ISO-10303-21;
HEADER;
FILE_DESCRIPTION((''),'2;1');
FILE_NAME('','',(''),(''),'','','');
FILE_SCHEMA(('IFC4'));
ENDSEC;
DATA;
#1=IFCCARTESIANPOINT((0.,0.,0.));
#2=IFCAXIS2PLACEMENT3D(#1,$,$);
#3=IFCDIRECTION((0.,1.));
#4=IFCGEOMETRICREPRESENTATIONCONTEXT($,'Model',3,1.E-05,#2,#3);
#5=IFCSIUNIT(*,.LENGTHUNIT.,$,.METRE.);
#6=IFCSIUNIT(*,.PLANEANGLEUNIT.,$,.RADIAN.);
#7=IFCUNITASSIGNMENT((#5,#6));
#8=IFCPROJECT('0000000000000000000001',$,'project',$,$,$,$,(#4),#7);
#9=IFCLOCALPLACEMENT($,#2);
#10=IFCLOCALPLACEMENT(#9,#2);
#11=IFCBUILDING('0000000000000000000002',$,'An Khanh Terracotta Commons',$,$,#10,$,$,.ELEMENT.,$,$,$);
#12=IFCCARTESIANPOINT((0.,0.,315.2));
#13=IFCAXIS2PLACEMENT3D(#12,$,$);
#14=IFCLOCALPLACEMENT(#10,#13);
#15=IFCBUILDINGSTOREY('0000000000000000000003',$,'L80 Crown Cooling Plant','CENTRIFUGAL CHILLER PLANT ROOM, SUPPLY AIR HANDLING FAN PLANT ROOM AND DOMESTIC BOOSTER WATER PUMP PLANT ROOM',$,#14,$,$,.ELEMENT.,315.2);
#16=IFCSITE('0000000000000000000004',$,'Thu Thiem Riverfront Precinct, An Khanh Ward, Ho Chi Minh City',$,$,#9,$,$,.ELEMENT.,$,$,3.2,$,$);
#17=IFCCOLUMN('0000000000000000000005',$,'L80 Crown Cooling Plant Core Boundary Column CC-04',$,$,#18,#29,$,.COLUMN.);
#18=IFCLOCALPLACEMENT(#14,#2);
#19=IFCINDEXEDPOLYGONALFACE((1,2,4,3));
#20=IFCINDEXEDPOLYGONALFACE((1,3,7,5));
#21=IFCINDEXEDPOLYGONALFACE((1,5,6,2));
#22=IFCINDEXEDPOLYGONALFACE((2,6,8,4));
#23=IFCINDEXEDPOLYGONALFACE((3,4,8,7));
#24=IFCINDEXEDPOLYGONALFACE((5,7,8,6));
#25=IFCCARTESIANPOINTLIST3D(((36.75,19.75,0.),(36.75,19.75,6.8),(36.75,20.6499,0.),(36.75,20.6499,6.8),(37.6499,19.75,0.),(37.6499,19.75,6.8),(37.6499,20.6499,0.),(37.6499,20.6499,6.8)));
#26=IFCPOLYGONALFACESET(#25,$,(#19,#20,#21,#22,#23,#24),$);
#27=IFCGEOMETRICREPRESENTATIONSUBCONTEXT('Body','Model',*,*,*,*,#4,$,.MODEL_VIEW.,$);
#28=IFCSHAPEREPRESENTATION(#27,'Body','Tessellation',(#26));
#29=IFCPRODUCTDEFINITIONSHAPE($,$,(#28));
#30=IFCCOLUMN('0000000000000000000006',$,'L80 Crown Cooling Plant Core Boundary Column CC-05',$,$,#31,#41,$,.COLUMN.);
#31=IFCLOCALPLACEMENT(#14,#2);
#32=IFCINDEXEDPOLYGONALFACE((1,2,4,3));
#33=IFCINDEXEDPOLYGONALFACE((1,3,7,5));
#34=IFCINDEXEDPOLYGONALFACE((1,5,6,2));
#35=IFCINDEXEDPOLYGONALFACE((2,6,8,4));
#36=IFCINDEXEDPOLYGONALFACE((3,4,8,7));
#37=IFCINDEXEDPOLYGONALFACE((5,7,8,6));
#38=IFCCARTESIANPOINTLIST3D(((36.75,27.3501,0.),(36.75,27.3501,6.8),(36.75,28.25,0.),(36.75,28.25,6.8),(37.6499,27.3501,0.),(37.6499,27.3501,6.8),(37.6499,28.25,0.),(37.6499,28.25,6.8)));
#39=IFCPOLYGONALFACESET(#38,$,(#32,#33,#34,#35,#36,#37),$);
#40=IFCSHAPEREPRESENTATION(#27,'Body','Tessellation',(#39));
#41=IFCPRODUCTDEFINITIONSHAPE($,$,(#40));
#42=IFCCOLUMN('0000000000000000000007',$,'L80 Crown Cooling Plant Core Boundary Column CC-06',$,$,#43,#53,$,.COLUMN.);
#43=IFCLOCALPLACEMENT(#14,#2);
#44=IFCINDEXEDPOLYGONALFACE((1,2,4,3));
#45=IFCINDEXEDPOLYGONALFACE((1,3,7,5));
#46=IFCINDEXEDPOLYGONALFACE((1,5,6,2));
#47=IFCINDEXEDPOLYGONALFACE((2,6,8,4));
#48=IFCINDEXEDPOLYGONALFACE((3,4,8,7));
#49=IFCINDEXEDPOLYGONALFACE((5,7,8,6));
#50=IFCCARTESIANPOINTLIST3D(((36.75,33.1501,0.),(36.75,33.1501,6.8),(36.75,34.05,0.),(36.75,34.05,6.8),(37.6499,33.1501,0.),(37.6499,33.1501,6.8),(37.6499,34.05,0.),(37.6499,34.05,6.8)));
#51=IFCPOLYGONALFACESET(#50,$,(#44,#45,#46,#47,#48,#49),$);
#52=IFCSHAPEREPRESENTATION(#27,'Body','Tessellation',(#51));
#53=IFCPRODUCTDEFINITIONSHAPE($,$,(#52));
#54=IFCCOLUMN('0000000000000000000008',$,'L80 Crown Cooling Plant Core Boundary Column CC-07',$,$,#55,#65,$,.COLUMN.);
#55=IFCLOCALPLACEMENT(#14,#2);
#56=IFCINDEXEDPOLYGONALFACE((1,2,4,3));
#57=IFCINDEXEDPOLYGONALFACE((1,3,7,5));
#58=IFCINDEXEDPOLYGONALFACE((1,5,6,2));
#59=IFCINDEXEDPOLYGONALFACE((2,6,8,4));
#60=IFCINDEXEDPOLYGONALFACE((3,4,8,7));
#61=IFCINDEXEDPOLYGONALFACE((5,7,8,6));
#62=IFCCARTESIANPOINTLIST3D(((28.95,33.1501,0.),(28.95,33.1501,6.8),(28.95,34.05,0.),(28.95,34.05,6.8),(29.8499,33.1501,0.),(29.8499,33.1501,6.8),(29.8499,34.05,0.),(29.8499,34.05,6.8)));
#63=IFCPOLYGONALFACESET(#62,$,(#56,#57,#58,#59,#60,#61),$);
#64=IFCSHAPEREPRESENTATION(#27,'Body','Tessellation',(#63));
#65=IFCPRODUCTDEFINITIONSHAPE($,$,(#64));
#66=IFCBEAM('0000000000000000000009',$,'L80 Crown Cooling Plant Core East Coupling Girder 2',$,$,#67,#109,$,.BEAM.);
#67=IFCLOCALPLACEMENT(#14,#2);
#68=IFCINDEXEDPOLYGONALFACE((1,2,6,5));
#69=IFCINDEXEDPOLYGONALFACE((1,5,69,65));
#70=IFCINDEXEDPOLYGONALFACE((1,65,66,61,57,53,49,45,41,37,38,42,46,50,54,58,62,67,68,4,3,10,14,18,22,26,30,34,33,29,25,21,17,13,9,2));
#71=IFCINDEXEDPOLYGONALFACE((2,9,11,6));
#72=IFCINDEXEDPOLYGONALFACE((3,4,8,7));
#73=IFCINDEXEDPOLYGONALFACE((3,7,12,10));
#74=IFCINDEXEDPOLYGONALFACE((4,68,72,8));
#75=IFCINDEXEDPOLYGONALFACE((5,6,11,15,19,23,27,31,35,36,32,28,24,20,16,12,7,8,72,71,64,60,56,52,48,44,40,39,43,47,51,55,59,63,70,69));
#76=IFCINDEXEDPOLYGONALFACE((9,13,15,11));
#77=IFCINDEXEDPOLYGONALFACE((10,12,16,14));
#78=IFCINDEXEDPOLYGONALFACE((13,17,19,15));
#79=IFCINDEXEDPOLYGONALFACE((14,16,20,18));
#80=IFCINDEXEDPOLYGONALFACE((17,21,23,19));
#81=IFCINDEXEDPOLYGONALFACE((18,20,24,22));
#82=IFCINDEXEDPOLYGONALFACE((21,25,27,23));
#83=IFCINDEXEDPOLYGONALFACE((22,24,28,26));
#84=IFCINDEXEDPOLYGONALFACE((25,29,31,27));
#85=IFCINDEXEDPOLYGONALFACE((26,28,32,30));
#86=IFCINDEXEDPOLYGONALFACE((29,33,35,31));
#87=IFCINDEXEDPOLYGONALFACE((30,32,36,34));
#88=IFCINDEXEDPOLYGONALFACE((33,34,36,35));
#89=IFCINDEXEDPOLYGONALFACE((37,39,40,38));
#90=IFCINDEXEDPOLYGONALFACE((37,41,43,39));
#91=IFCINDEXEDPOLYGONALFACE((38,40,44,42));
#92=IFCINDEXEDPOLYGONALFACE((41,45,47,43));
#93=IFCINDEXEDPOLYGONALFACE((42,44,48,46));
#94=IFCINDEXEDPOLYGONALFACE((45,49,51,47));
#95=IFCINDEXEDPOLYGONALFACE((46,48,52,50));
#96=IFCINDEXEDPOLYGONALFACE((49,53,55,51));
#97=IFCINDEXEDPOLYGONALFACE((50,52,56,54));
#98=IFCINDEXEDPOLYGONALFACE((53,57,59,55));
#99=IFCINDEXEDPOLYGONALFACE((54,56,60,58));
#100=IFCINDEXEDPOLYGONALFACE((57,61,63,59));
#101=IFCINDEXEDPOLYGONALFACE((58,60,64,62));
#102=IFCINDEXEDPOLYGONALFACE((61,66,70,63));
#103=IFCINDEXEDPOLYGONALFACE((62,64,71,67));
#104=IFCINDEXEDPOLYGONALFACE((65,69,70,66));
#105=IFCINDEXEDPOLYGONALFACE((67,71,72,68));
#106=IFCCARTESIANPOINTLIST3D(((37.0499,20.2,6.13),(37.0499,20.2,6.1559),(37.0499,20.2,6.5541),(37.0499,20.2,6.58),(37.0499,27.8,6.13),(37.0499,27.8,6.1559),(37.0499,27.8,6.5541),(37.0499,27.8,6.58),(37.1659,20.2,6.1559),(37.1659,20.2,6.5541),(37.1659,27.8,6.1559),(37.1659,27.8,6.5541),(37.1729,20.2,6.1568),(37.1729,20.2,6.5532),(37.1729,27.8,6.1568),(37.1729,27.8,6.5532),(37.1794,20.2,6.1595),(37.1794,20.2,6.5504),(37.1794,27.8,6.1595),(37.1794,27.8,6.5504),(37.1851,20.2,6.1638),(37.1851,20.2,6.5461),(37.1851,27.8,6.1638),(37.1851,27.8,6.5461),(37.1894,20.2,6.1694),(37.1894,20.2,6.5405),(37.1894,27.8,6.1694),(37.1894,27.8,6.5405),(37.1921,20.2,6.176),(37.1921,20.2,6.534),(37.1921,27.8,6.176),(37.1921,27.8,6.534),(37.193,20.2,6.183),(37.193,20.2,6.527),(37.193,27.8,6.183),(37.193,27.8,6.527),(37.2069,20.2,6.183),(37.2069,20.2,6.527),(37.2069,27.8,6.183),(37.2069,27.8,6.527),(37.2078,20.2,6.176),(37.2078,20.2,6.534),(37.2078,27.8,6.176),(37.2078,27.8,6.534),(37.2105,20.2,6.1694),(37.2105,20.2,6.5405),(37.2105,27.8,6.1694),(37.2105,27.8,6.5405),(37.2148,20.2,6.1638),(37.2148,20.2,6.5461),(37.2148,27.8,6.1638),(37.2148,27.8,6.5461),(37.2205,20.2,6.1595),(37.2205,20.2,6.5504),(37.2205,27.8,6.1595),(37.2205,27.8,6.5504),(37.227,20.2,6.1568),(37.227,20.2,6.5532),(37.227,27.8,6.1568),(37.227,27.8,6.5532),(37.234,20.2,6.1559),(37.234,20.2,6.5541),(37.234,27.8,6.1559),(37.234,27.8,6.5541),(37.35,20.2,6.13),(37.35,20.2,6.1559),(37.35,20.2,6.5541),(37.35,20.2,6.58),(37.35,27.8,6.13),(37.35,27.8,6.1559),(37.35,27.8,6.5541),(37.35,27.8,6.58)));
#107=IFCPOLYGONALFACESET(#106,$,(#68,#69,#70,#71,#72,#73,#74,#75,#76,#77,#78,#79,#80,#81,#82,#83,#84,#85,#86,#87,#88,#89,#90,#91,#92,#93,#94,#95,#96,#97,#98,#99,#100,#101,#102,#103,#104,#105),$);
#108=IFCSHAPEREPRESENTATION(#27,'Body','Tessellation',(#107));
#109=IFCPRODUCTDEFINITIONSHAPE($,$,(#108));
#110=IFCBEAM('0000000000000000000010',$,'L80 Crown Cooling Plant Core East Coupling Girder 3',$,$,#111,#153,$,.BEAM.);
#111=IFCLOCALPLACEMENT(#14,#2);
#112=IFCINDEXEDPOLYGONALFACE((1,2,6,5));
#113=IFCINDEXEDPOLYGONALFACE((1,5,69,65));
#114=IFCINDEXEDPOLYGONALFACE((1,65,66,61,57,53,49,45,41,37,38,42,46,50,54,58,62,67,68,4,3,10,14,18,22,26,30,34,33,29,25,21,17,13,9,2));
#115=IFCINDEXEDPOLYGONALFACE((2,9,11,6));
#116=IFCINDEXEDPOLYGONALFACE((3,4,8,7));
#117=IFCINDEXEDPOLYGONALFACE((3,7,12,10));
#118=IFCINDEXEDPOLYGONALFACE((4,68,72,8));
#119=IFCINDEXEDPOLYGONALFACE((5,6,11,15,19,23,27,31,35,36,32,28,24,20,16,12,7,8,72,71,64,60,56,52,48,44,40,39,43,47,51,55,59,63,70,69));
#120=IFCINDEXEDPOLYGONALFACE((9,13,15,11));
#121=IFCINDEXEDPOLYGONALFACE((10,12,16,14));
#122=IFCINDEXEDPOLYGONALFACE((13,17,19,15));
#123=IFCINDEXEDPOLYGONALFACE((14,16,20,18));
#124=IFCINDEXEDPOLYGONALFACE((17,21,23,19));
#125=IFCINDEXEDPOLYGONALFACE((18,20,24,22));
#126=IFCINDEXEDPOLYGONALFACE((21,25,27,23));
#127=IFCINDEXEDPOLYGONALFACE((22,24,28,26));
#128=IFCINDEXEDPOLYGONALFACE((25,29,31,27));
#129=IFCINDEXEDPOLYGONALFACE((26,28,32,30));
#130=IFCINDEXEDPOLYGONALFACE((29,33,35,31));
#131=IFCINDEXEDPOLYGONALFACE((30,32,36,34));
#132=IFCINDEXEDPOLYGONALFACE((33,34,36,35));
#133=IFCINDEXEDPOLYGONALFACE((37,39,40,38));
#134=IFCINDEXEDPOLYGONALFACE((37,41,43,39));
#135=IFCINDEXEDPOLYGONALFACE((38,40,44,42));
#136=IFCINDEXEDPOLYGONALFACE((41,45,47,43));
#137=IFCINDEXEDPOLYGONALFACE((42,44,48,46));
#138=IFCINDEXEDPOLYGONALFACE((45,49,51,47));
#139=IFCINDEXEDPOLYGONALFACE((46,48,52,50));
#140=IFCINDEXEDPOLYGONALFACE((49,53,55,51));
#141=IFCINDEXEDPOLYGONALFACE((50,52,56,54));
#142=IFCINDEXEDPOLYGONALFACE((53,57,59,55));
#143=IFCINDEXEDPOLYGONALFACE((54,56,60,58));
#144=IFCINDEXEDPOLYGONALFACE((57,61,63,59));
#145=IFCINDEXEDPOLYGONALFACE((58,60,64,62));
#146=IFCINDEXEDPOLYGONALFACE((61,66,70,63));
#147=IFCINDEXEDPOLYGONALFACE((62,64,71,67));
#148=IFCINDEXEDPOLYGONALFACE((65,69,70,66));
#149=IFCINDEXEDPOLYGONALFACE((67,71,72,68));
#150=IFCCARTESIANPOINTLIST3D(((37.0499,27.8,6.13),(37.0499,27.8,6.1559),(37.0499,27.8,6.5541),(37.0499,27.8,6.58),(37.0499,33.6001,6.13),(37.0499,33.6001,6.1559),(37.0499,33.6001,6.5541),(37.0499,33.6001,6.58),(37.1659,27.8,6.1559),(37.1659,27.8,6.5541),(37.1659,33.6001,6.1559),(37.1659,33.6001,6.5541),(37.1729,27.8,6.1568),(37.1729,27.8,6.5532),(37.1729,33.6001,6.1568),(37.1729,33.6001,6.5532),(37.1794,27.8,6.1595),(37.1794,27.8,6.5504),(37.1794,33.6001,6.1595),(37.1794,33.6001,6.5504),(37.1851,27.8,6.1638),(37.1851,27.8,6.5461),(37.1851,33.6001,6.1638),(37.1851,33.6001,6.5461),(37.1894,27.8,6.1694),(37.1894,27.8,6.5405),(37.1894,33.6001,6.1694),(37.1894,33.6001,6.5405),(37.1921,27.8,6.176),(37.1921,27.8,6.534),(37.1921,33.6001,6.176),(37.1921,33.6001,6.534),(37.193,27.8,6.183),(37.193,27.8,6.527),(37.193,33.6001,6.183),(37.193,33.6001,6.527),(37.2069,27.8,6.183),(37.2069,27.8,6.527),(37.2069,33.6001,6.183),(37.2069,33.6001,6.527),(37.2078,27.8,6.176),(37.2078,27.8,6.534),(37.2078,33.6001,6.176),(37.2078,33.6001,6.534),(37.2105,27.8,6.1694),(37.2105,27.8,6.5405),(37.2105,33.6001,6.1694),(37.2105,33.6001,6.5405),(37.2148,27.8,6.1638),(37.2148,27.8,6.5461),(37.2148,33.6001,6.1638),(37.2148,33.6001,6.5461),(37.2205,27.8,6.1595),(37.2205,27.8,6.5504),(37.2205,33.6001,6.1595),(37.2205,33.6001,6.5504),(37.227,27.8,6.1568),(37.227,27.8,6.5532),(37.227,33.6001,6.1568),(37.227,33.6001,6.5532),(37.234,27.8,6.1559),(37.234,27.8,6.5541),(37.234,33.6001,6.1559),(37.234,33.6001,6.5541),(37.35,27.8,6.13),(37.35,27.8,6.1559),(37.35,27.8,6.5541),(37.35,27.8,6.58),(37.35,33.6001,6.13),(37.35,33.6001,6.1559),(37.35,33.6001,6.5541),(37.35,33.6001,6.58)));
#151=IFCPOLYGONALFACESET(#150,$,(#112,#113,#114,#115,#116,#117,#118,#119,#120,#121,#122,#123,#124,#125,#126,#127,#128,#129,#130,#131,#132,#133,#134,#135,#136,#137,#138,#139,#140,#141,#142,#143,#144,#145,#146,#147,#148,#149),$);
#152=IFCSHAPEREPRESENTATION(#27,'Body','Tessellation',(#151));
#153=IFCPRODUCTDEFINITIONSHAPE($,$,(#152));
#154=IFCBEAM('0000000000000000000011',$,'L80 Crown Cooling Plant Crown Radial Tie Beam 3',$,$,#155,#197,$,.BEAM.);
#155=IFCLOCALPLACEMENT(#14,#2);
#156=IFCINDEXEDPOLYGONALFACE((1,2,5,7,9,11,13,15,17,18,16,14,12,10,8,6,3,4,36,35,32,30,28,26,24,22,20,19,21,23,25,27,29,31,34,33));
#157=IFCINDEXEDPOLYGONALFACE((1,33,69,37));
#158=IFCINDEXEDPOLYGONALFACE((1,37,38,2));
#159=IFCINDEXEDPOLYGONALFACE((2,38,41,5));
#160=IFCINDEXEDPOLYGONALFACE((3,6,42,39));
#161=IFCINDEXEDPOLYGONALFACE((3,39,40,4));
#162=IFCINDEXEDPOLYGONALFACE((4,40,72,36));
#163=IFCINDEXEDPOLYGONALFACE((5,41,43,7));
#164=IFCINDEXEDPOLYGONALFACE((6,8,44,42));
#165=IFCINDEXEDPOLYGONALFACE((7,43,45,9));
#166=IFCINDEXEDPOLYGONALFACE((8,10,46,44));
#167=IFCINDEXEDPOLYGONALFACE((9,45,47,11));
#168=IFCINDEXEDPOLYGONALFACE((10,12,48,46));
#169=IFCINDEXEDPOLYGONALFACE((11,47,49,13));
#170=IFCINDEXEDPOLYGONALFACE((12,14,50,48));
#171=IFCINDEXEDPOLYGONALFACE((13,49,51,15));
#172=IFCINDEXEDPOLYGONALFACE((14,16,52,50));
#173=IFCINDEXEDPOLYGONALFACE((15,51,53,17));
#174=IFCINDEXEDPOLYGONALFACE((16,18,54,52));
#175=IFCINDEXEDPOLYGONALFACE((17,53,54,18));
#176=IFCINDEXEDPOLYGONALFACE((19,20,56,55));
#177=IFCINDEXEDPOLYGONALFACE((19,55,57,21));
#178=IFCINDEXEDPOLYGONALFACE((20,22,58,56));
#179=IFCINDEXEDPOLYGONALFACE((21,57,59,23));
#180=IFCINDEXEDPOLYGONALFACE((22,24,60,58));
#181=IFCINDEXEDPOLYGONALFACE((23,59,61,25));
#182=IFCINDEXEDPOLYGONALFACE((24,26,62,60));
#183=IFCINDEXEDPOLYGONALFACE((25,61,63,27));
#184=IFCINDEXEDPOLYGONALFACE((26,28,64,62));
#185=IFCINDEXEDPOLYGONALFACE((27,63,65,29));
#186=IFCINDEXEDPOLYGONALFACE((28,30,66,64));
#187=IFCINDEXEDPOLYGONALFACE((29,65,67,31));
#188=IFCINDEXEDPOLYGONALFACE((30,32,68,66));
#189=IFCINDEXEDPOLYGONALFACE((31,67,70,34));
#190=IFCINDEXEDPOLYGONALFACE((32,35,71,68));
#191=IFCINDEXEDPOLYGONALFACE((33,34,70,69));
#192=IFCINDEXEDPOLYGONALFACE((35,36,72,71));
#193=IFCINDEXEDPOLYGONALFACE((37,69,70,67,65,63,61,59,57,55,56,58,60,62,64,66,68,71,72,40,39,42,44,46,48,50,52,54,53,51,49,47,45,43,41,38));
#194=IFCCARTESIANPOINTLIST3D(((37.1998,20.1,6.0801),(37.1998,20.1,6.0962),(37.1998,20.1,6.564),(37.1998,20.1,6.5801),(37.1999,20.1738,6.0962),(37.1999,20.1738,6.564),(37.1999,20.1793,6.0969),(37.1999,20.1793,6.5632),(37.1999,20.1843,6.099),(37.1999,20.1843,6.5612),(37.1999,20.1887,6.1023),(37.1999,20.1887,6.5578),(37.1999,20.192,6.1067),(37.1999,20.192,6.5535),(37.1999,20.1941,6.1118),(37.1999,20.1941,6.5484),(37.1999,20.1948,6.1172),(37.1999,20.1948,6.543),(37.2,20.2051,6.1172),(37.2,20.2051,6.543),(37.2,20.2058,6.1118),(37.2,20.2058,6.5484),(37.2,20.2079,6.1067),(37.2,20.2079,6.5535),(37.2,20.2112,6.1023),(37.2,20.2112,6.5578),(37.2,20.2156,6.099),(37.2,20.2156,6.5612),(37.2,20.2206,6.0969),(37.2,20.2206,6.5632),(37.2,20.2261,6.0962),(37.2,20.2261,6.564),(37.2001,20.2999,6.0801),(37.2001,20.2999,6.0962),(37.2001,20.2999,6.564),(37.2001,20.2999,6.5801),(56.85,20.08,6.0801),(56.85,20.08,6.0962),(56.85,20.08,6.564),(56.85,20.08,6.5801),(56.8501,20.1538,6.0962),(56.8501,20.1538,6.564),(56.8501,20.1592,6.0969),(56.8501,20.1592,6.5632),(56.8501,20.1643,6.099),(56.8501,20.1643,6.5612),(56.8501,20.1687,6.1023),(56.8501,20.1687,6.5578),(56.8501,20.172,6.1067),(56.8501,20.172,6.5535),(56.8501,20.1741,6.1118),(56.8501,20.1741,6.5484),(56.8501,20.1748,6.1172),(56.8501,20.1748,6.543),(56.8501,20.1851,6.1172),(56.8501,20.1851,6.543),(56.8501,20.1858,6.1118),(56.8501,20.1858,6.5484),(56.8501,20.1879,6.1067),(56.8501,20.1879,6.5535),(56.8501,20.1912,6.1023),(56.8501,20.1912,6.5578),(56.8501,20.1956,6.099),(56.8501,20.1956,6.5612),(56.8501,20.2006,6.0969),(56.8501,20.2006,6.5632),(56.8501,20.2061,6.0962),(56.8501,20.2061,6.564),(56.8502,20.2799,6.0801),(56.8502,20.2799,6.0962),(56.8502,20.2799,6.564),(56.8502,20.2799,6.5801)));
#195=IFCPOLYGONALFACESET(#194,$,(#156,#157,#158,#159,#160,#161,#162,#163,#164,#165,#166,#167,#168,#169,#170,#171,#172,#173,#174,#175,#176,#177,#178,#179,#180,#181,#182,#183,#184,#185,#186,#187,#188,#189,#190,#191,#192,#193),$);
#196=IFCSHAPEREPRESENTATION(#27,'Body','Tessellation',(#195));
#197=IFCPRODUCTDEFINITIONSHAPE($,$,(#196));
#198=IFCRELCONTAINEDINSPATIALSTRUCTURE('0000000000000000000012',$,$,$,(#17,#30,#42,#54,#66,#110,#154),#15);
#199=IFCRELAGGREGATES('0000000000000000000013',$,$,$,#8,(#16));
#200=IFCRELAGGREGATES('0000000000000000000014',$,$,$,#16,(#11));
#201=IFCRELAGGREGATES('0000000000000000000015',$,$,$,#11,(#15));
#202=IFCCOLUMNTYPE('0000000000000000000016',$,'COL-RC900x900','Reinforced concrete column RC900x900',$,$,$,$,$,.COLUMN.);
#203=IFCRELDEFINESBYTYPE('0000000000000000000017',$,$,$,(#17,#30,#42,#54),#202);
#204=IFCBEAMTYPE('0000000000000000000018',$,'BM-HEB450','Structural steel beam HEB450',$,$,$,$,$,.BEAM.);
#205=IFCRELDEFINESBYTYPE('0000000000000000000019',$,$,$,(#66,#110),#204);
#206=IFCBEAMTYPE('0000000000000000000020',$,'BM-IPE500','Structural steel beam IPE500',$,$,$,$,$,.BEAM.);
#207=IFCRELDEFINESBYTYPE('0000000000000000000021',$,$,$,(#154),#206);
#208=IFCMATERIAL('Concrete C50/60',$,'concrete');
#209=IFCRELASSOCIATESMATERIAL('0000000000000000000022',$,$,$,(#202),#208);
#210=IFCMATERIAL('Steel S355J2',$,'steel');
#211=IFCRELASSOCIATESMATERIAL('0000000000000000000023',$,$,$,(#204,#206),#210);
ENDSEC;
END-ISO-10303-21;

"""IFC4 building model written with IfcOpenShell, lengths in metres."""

from ifc_helpers import new_model, si_unit, direction, frame, origin, origin_2d, place, context, subcontext, project, spatial, rectangle, i_section, extrude, material, material_profile, profile_set, type_object, element, save


model = new_model("IFC4")

# Units and contexts
model_context = context("Model", 3, precision=1e-05, world=origin(), true_north=direction((0.0, 1.0)))
body_context = subcontext(model_context, "Body", "Model", "MODEL_VIEW")
ifc_project = project(units=[si_unit("LENGTHUNIT", "METRE"), si_unit("PLANEANGLEUNIT", "RADIAN")], contexts=[model_context])

# Site, building, storey
site_placement = place(None, origin())
site = spatial("IfcSite", under=ifc_project, at=site_placement, Name="Thu Thiem Riverfront Precinct, An Khanh Ward, Ho Chi Minh City", CompositionType="ELEMENT", RefElevation=3.2)
building_placement = place(site_placement, origin())
building = spatial("IfcBuilding", under=site, at=building_placement, Name="An Khanh Terracotta Commons", CompositionType="ELEMENT")
storey_placement = place(building_placement, frame((0.0, 0.0, 315.2)))
storey = spatial("IfcBuildingStorey", under=building, at=storey_placement, Name="L80 Crown Cooling Plant", Description="CENTRIFUGAL CHILLER PLANT ROOM, SUPPLY AIR HANDLING FAN PLANT ROOM AND DOMESTIC BOOSTER WATER PUMP PLANT ROOM", CompositionType="ELEMENT", Elevation=315.2)

# Columns
ifc_material_1 = material(Name="Concrete C50/60", Category="concrete")
ifc_material_profile_1 = material_profile(ifc_material_1, rectangle(XDim=0.8999, YDim=0.8999, at=origin_2d()), Name="RC900x900")
ifc_profile_set_1 = profile_set([ifc_material_profile_1], Name="Concrete C50/60")
column_type = type_object("IfcColumnType", Name="COL-RC900x900", Description="Reinforced concrete column RC900x900", PredefinedType="COLUMN", material=ifc_profile_set_1)
for number, where, z_axis, x_axis, name in (
    (1, (37.2, 20.2, 0.0), (0.0, 0.0, 1.0), (1.0, 0.0, 0.0), "L80 Crown Cooling Plant Core Boundary Column CC-04"),
    (2, (37.2, 27.8, 0.0), (0.0, 0.0, 1.0), (1.0, 0.0, 0.0), "L80 Crown Cooling Plant Core Boundary Column CC-05"),
    (3, (37.2, 33.6001, 0.0), (0.0, 0.0, 1.0), (1.0, 0.0, 0.0), "L80 Crown Cooling Plant Core Boundary Column CC-06"),
    (4, (29.3999, 33.6001, 0.0), (0.0, 0.0, 1.0), (1.0, 0.0, 0.0), "L80 Crown Cooling Plant Core Boundary Column CC-07"),
):
    element("IfcColumn", number, at=place(storey_placement, frame(where, z_axis=z_axis, x_axis=x_axis)), inside=storey, type_object=column_type, Name=name, PredefinedType="COLUMN", context=body_context, shape_type="SweptSolid", body=[
        extrude(rectangle(XDim=0.8999, YDim=0.8999, at=origin_2d()), origin(), (0.0, 0.0, 1.0), 6.8),
    ])

# Beams
ifc_material_2 = material(Name="Steel S355J2", Category="steel")
ifc_material_profile_2 = material_profile(ifc_material_2, i_section(OverallWidth=0.3, OverallDepth=0.45, WebThickness=0.0139, FlangeThickness=0.0259, FilletRadius=0.0271, at=origin_2d()), Name="HEB450")
ifc_profile_set_2 = profile_set([ifc_material_profile_2], Name="Steel S355J2")
beam_type_1 = type_object("IfcBeamType", Name="BM-HEB450", Description="Structural steel beam HEB450", PredefinedType="BEAM", material=ifc_profile_set_2)
beam_1_placement = place(storey_placement, frame((37.2, 20.2, 6.355), z_axis=(0.0, 1.0, 0.0), x_axis=(-1.0, 0.0, 0.0)))
element("IfcBeam", 5, at=beam_1_placement, inside=storey, type_object=beam_type_1, Name="L80 Crown Cooling Plant Core East Coupling Girder 2", PredefinedType="BEAM", context=body_context, shape_type="SweptSolid", body=[
    extrude(i_section(OverallWidth=0.3, OverallDepth=0.45, WebThickness=0.0139, FlangeThickness=0.0259, FilletRadius=0.0271, at=origin_2d()), origin(), (0.0, 0.0, 1.0), 7.6001),
])
beam_2_placement = place(storey_placement, frame((37.2, 27.8, 6.355), z_axis=(0.0, 1.0, 0.0), x_axis=(-1.0, 0.0, 0.0)))
element("IfcBeam", 6, at=beam_2_placement, inside=storey, type_object=beam_type_1, Name="L80 Crown Cooling Plant Core East Coupling Girder 3", PredefinedType="BEAM", context=body_context, shape_type="SweptSolid", body=[
    extrude(i_section(OverallWidth=0.3, OverallDepth=0.45, WebThickness=0.0139, FlangeThickness=0.0259, FilletRadius=0.0271, at=origin_2d()), origin(), (0.0, 0.0, 1.0), 5.8),
])
ifc_material_profile_3 = material_profile(ifc_material_2, i_section(OverallWidth=0.2, OverallDepth=0.5, WebThickness=0.0103, FlangeThickness=0.0161, FilletRadius=0.021, at=origin_2d()), Name="IPE500")
ifc_profile_set_3 = profile_set([ifc_material_profile_3], Name="Steel S355J2")
beam_type_2 = type_object("IfcBeamType", Name="BM-IPE500", Description="Structural steel beam IPE500", PredefinedType="BEAM", material=ifc_profile_set_3)
for number, where, z_axis, x_axis, name in (
    (7, (37.2, 20.2, 6.3301), (0.999999, -0.001019, 0.0), (0.001019, 0.999999, 0.0), "L80 Crown Cooling Plant Crown Radial Tie Beam 3"),
):
    element("IfcBeam", number, at=place(storey_placement, frame(where, z_axis=z_axis, x_axis=x_axis)), inside=storey, type_object=beam_type_2, Name=name, PredefinedType="BEAM", context=body_context, shape_type="SweptSolid", body=[
        extrude(i_section(OverallWidth=0.2, OverallDepth=0.5, WebThickness=0.0103, FlangeThickness=0.0161, FilletRadius=0.021, at=origin_2d()), origin(), (0.0, 0.0, 1.0), 19.6501),
    ])

save(model, "model.ifc")
